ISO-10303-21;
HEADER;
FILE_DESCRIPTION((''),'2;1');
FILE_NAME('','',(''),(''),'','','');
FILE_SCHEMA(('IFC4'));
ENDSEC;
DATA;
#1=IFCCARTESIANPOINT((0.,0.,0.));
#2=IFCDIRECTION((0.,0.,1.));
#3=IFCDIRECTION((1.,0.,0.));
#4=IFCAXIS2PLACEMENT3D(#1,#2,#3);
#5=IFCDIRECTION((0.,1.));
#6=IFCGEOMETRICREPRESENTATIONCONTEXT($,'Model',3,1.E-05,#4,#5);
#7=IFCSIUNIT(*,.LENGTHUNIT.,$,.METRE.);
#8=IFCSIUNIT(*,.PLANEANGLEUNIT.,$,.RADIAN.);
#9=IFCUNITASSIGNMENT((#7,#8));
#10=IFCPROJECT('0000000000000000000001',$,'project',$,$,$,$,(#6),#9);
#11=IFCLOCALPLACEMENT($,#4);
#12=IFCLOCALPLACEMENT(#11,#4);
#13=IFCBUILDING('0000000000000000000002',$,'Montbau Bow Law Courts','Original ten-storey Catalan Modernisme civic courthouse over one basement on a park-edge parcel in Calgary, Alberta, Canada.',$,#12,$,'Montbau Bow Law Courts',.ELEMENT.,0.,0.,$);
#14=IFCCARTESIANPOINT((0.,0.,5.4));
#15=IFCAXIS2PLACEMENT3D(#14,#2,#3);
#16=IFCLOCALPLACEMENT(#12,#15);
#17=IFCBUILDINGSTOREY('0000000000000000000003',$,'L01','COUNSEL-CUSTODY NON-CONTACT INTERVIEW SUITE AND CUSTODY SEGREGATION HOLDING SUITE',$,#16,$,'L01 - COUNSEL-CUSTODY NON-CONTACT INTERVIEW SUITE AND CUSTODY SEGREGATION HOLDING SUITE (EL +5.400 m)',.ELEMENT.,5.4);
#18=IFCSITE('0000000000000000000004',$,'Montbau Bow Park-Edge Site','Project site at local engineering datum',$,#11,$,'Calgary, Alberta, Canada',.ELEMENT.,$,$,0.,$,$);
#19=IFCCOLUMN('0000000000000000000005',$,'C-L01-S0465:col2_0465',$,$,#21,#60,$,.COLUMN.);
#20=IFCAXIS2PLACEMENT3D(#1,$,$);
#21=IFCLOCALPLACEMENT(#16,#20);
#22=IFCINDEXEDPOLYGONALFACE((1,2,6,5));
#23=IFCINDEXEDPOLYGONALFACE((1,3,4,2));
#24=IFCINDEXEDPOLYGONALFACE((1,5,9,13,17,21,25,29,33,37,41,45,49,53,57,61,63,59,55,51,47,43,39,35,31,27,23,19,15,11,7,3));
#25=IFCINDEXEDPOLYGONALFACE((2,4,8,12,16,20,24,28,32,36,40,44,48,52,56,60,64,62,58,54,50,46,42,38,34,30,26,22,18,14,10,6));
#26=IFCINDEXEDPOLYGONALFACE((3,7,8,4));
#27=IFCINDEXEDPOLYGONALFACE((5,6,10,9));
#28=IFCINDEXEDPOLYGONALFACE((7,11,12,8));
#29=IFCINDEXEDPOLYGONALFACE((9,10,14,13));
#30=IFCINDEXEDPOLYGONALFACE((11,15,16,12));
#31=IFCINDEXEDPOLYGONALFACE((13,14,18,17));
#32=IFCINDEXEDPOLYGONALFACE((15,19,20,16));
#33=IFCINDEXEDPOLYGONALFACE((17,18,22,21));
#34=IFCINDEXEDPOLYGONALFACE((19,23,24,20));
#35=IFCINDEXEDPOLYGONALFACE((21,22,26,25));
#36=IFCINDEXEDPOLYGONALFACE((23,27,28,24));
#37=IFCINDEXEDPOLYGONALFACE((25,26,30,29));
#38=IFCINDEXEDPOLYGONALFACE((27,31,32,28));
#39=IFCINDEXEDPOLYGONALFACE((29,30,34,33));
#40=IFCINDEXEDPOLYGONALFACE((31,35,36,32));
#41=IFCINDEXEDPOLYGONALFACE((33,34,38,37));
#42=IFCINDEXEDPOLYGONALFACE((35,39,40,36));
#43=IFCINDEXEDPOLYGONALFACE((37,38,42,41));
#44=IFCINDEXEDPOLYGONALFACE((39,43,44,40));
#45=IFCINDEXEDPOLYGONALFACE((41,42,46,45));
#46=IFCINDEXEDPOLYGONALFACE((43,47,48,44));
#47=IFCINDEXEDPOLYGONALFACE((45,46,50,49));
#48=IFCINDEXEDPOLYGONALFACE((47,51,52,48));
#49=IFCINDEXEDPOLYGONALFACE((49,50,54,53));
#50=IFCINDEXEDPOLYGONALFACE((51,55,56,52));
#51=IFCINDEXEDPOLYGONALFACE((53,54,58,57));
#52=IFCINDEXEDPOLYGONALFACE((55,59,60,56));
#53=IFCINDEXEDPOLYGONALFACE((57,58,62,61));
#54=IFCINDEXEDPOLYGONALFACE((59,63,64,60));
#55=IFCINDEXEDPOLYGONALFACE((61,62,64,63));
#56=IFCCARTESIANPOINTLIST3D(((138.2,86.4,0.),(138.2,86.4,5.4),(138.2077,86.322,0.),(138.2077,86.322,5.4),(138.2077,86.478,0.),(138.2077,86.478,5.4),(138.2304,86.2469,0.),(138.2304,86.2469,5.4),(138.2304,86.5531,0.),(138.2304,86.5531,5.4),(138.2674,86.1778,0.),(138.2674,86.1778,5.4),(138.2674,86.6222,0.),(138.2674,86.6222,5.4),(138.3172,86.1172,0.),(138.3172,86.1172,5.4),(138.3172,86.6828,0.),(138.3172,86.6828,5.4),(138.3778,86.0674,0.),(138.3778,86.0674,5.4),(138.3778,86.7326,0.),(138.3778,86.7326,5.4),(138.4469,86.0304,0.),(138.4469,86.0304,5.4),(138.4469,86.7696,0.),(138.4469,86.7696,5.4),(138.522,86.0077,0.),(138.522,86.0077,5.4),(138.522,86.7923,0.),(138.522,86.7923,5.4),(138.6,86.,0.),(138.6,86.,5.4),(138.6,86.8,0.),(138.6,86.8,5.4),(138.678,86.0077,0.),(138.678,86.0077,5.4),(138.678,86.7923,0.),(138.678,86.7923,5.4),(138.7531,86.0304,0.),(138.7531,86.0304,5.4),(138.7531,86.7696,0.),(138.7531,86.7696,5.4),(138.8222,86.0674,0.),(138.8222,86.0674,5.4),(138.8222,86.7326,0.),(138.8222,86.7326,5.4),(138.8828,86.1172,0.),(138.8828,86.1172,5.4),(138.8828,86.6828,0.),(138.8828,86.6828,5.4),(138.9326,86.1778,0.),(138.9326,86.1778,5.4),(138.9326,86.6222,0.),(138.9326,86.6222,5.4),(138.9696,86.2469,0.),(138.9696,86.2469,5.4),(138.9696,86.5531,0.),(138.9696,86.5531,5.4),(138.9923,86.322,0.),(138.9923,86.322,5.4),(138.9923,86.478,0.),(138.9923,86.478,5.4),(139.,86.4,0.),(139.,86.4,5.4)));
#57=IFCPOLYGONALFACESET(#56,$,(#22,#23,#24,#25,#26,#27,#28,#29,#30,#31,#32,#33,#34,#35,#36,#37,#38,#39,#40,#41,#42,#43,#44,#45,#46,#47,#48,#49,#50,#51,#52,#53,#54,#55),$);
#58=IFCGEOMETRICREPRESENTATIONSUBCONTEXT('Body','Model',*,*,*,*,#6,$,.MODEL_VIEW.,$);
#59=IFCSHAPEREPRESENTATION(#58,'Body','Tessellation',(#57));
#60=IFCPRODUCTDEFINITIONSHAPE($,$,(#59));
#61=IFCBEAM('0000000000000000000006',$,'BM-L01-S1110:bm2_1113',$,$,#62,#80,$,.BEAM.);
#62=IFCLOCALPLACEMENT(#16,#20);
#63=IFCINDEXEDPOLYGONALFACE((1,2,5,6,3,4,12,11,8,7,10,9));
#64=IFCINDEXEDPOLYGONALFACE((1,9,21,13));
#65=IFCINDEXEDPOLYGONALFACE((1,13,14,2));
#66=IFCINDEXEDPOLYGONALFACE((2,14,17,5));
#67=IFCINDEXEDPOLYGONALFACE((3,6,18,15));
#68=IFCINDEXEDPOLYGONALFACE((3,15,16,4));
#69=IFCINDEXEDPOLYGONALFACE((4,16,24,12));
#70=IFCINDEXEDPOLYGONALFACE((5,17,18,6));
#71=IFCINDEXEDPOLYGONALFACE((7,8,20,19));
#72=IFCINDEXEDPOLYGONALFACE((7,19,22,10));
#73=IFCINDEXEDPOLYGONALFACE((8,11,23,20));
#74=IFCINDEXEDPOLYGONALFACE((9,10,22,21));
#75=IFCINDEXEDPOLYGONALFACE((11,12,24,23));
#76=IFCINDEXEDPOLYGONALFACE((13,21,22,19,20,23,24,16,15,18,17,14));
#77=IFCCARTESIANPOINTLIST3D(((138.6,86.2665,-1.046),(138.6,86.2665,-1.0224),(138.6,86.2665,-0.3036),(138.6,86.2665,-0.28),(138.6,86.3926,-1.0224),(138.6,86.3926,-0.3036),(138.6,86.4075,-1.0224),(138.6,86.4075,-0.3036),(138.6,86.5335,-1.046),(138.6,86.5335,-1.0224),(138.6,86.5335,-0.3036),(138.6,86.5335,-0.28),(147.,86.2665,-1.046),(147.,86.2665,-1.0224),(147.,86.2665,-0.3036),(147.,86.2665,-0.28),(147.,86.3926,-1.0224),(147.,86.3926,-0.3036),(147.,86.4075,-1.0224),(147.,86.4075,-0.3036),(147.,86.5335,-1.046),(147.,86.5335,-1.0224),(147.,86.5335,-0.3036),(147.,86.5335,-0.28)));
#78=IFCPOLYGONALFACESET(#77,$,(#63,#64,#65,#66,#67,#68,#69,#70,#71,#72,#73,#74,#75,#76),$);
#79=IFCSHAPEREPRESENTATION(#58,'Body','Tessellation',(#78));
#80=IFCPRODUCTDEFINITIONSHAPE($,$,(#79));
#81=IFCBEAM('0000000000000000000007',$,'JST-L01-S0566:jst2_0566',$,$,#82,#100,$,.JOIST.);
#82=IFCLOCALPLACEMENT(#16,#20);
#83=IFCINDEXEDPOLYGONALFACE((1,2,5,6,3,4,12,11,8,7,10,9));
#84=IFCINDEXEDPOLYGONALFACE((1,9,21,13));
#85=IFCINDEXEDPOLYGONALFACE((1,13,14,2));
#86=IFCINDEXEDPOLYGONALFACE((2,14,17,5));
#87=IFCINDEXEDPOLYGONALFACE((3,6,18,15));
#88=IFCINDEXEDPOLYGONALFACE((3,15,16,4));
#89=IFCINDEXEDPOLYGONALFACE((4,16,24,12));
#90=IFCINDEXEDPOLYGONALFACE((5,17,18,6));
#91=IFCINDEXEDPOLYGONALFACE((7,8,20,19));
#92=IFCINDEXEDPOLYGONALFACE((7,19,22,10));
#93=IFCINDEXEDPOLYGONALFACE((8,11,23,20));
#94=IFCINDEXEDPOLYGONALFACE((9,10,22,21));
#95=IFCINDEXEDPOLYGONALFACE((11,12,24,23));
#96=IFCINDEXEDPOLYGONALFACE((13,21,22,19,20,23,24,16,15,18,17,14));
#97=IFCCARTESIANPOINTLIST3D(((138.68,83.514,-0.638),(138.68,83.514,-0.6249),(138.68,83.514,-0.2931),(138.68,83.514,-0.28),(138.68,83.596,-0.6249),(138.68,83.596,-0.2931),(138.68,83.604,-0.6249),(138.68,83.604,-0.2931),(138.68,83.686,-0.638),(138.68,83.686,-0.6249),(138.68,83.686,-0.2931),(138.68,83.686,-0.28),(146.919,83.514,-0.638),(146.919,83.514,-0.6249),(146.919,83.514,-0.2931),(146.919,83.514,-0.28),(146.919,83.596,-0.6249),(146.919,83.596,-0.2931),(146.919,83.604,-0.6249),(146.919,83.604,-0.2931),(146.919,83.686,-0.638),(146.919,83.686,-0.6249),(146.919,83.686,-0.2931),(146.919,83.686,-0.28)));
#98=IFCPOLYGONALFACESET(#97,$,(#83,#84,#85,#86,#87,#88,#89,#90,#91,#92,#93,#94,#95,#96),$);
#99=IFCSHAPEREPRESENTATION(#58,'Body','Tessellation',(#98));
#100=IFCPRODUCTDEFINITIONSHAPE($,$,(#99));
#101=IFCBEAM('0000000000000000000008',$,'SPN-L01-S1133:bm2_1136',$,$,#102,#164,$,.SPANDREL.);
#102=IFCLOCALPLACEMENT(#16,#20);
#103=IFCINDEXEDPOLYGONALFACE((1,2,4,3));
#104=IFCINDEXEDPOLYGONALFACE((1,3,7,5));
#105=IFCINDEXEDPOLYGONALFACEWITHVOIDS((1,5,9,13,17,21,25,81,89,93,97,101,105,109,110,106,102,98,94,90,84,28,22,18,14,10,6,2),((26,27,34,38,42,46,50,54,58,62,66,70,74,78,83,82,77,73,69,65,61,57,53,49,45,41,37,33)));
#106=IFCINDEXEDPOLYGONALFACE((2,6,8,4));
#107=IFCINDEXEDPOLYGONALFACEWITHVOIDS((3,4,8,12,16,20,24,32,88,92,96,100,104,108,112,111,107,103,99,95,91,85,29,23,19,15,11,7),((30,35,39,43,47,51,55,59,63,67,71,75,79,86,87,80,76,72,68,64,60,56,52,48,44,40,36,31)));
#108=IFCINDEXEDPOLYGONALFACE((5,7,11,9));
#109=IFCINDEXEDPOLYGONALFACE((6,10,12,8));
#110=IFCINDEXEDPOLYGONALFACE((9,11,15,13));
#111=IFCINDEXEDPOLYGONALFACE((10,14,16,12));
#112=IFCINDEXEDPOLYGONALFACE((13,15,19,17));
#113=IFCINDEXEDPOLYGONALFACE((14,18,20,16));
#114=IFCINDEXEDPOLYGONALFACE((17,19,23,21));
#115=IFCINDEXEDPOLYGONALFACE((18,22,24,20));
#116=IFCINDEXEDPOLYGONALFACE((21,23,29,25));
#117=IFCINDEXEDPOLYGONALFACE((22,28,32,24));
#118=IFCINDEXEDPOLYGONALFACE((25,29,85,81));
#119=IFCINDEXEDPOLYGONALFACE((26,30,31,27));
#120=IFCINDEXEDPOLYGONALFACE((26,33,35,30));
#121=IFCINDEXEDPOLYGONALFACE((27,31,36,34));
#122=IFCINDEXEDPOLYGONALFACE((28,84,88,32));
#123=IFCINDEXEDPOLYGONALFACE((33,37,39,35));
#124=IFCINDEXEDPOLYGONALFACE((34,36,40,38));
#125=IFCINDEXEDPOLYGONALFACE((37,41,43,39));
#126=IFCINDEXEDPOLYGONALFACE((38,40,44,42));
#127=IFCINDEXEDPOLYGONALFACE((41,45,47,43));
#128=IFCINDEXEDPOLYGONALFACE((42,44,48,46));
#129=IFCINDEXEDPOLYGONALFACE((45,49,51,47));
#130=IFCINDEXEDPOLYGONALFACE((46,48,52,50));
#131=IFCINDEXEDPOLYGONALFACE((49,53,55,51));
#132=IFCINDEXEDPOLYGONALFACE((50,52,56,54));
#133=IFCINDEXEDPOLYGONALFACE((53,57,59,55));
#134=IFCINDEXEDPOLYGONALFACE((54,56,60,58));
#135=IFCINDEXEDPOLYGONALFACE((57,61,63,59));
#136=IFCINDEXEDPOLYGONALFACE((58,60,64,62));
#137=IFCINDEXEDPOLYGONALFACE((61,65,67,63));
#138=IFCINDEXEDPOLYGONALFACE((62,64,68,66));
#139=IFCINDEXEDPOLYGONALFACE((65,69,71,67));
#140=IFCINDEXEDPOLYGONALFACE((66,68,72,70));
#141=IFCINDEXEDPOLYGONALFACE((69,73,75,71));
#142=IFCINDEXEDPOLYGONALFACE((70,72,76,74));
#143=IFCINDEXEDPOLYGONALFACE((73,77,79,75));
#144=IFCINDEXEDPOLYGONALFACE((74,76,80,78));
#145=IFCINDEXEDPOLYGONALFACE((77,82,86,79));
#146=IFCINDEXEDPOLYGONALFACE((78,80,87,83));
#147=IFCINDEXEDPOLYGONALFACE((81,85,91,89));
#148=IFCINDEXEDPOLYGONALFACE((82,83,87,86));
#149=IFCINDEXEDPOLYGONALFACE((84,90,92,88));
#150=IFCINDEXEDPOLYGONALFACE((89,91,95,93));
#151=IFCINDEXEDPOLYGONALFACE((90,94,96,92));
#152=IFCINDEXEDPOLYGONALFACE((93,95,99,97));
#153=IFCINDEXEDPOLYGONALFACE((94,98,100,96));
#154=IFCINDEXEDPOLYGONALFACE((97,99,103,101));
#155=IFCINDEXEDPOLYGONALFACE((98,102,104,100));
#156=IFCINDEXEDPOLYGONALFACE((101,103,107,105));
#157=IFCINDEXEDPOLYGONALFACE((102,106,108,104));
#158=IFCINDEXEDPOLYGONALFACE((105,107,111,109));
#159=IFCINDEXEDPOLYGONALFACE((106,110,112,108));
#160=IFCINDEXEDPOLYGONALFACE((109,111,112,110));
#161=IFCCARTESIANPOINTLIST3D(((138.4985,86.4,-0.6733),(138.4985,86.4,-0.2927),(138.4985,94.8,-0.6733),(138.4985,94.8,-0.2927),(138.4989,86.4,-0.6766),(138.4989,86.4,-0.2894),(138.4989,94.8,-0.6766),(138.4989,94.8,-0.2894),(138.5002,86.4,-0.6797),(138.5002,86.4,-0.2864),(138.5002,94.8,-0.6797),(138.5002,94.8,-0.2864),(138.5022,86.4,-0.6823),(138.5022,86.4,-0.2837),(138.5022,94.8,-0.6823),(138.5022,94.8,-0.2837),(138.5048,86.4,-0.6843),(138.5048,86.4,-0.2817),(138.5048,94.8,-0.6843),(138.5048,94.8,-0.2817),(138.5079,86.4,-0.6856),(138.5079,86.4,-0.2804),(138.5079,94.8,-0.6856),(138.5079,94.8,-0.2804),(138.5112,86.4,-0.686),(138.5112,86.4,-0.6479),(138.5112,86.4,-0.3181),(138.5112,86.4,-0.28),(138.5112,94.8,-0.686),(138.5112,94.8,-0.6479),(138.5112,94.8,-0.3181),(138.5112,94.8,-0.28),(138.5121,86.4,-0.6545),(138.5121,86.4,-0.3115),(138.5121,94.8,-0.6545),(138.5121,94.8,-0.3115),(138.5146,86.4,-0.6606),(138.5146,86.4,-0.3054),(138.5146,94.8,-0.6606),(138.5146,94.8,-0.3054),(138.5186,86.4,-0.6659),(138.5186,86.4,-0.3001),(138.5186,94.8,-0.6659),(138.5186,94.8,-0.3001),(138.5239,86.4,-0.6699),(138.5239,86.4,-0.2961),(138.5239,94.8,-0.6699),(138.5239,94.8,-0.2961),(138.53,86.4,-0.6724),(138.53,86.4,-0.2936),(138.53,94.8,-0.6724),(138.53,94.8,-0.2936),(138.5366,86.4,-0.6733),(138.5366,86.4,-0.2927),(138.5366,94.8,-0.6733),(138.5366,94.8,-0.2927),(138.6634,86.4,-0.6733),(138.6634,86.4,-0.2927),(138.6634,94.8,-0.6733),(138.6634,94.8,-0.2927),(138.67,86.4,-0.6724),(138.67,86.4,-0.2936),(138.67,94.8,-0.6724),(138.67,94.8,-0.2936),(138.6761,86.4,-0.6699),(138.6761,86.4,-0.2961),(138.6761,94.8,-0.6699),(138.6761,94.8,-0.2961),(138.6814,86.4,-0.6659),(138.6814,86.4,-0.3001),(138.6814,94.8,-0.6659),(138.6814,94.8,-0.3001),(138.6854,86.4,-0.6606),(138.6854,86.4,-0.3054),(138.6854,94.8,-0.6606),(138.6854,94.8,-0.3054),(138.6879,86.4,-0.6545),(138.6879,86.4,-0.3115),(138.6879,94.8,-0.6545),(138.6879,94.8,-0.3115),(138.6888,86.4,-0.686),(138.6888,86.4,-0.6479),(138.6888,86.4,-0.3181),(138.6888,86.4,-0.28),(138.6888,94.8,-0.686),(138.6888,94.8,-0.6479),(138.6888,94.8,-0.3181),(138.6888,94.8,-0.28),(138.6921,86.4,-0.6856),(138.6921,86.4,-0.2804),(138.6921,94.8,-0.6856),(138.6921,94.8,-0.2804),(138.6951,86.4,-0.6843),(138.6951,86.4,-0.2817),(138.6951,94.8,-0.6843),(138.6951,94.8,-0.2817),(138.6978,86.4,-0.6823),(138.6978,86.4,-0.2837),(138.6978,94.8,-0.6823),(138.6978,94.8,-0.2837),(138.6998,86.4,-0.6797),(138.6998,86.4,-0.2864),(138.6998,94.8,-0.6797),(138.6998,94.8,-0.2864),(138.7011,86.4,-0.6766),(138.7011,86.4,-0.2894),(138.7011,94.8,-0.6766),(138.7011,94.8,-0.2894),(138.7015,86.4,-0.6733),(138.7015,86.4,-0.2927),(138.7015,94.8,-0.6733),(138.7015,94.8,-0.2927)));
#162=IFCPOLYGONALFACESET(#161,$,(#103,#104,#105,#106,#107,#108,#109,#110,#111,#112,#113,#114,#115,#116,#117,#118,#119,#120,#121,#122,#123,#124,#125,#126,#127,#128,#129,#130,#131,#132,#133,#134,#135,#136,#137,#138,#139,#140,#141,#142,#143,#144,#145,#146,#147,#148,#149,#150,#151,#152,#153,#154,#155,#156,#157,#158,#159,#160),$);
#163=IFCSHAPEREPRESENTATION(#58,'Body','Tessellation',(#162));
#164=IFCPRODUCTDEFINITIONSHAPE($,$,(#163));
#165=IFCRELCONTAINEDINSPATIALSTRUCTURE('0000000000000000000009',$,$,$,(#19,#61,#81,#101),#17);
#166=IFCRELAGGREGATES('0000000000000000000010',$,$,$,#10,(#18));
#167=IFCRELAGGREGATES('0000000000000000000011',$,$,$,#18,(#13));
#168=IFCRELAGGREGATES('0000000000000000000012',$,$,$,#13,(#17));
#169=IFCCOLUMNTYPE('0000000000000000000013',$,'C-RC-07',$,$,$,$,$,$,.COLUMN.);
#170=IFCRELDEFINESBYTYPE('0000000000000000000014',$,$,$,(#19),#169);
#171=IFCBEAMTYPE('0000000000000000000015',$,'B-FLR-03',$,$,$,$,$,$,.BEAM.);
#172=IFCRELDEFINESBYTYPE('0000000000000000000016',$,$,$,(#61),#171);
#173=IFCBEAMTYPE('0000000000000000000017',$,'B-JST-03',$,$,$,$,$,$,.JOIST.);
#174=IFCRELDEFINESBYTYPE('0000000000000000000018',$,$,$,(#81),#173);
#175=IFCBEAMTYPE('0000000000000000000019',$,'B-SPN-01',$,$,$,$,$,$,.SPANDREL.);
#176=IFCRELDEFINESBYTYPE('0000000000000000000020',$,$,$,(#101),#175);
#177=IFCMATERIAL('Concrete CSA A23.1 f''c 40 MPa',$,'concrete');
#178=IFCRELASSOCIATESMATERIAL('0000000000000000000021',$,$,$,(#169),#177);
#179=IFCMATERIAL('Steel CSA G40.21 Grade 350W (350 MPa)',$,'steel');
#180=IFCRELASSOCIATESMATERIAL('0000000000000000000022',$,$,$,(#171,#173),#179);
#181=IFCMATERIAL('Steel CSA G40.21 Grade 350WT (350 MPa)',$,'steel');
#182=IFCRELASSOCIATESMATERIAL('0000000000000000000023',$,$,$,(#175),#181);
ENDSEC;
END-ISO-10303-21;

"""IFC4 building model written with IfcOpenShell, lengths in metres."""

from ifc_helpers import new_model, si_unit, direction, frame, origin_with_axes, origin_2d_with_axis, place, context, subcontext, project, spatial, hollow_rectangle, circle, i_section, extrude, material, material_profile, profile_set, type_object, element, save


model = new_model("IFC4")

# Units and contexts
model_context = context("Model", 3, precision=1e-05, world=origin_with_axes(), true_north=direction((0.0, 1.0)))
body_context = subcontext(model_context, "Body", "Model", "MODEL_VIEW")
ifc_project = project(units=[si_unit("LENGTHUNIT", "METRE"), si_unit("PLANEANGLEUNIT", "RADIAN")], contexts=[model_context])

# Site, building, storey
site_placement = place(None, origin_with_axes())
site = spatial("IfcSite", under=ifc_project, at=site_placement, Name="Montbau Bow Park-Edge Site", Description="Project site at local engineering datum", LongName="Calgary, Alberta, Canada", CompositionType="ELEMENT", RefElevation=0.0)
building_placement = place(site_placement, origin_with_axes())
building = spatial("IfcBuilding", under=site, at=building_placement, Name="Montbau Bow Law Courts", Description="Original ten-storey Catalan Modernisme civic courthouse over one basement on a park-edge parcel in Calgary, Alberta, Canada.", LongName="Montbau Bow Law Courts", CompositionType="ELEMENT", ElevationOfRefHeight=0.0, ElevationOfTerrain=0.0)
storey_placement = place(building_placement, frame((0.0, 0.0, 5.4), z_axis=(0.0, 0.0, 1.0), x_axis=(1.0, 0.0, 0.0)))
storey = spatial("IfcBuildingStorey", under=building, at=storey_placement, Name="L01", Description="COUNSEL-CUSTODY NON-CONTACT INTERVIEW SUITE AND CUSTODY SEGREGATION HOLDING SUITE", LongName="L01 - COUNSEL-CUSTODY NON-CONTACT INTERVIEW SUITE AND CUSTODY SEGREGATION HOLDING SUITE (EL +5.400 m)", CompositionType="ELEMENT", Elevation=5.4)

# Column
ifc_material_1 = material(Name="Concrete CSA A23.1 f'c 40 MPa", Category="concrete")
ifc_material_profile_1 = material_profile(ifc_material_1, circle(Radius=0.4, at=origin_2d_with_axis()), Name="RC800D", Category="Main", Priority=0)
ifc_profile_set_1 = profile_set([ifc_material_profile_1], Name="Concrete CSA A23.1 f'c 40 MPa")
column_type = type_object("IfcColumnType", Name="C-RC-07", PredefinedType="COLUMN", material=ifc_profile_set_1)
column_placement = place(None, frame((138.6, 86.4, 5.4), z_axis=(0.0, 0.0, 1.0), x_axis=(1.0, 0.0, 0.0)))
element("IfcColumn", 1, at=column_placement, inside=storey, type_object=column_type, Name="C-L01-S0465:col2_0465", PredefinedType="COLUMN", context=body_context, shape_type="SweptSolid", body=[
    extrude(circle(Radius=0.4, at=origin_2d_with_axis()), origin_with_axes(), (0.0, 0.0, 1.0), 5.4),
])

# Beams
ifc_material_2 = material(Name="Steel CSA G40.21 Grade 350W (350 MPa)", Category="steel")
ifc_material_profile_2 = material_profile(ifc_material_2, i_section(OverallWidth=0.267, OverallDepth=0.766, WebThickness=0.0149, FlangeThickness=0.0236, at=origin_2d_with_axis()), Name="W760X185", Category="Main", Priority=0)
ifc_profile_set_2 = profile_set([ifc_material_profile_2], Name="Steel CSA G40.21 Grade 350W (350 MPa)")
beam_type_1 = type_object("IfcBeamType", Name="B-FLR-03", PredefinedType="BEAM", material=ifc_profile_set_2)
beam_1_placement = place(None, frame((138.6, 86.4, 4.737), z_axis=(1.0, 0.0, 0.0), x_axis=(0.0, 1.0, 0.0)))
element("IfcBeam", 2, at=beam_1_placement, inside=storey, type_object=beam_type_1, Name="BM-L01-S1110:bm2_1113", PredefinedType="BEAM", context=body_context, shape_type="SweptSolid", body=[
    extrude(i_section(OverallWidth=0.267, OverallDepth=0.766, WebThickness=0.0149, FlangeThickness=0.0236, at=origin_2d_with_axis()), origin_with_axes(), (0.0, 0.0, 1.0), 8.4),
])
ifc_material_profile_3 = material_profile(ifc_material_2, i_section(OverallWidth=0.172, OverallDepth=0.358, WebThickness=0.0079, FlangeThickness=0.0131, at=origin_2d_with_axis()), Name="W360X57", Category="Main", Priority=0)
ifc_profile_set_3 = profile_set([ifc_material_profile_3], Name="Steel CSA G40.21 Grade 350W (350 MPa)")
beam_type_2 = type_object("IfcBeamType", Name="B-JST-03", PredefinedType="JOIST", material=ifc_profile_set_3)
beam_2_placement = place(None, frame((138.68, 83.6, 4.941), z_axis=(1.0, 0.0, 0.0), x_axis=(0.0, 1.0, 0.0)))
element("IfcBeam", 3, at=beam_2_placement, inside=storey, type_object=beam_type_2, Name="JST-L01-S0566:jst2_0566", PredefinedType="JOIST", context=body_context, shape_type="SweptSolid", body=[
    extrude(i_section(OverallWidth=0.172, OverallDepth=0.358, WebThickness=0.0079, FlangeThickness=0.0131, at=origin_2d_with_axis()), origin_with_axes(), (0.0, 0.0, 1.0), 8.239),
])
ifc_material_3 = material(Name="Steel CSA G40.21 Grade 350WT (350 MPa)", Category="steel")
ifc_material_profile_4 = material_profile(ifc_material_3, hollow_rectangle(XDim=0.203, YDim=0.406, WallThickness=0.0127, InnerFilletRadius=0.0254, OuterFilletRadius=0.0127, at=origin_2d_with_axis()), Name="HSS406X203X13", Category="Main", Priority=0)
ifc_profile_set_4 = profile_set([ifc_material_profile_4], Name="Steel CSA G40.21 Grade 350WT (350 MPa)")
beam_type_3 = type_object("IfcBeamType", Name="B-SPN-01", PredefinedType="SPANDREL", material=ifc_profile_set_4)
beam_3_placement = place(None, frame((138.6, 86.4, 4.917), z_axis=(0.0, 1.0, 0.0), x_axis=(-1.0, 0.0, 0.0)))
element("IfcBeam", 4, at=beam_3_placement, inside=storey, type_object=beam_type_3, Name="SPN-L01-S1133:bm2_1136", PredefinedType="SPANDREL", context=body_context, shape_type="SweptSolid", body=[
    extrude(hollow_rectangle(XDim=0.203, YDim=0.406, WallThickness=0.0127, InnerFilletRadius=0.0254, OuterFilletRadius=0.0127, at=origin_2d_with_axis()), origin_with_axes(), (0.0, 0.0, 1.0), 8.4),
])

save(model, "model.ifc")
